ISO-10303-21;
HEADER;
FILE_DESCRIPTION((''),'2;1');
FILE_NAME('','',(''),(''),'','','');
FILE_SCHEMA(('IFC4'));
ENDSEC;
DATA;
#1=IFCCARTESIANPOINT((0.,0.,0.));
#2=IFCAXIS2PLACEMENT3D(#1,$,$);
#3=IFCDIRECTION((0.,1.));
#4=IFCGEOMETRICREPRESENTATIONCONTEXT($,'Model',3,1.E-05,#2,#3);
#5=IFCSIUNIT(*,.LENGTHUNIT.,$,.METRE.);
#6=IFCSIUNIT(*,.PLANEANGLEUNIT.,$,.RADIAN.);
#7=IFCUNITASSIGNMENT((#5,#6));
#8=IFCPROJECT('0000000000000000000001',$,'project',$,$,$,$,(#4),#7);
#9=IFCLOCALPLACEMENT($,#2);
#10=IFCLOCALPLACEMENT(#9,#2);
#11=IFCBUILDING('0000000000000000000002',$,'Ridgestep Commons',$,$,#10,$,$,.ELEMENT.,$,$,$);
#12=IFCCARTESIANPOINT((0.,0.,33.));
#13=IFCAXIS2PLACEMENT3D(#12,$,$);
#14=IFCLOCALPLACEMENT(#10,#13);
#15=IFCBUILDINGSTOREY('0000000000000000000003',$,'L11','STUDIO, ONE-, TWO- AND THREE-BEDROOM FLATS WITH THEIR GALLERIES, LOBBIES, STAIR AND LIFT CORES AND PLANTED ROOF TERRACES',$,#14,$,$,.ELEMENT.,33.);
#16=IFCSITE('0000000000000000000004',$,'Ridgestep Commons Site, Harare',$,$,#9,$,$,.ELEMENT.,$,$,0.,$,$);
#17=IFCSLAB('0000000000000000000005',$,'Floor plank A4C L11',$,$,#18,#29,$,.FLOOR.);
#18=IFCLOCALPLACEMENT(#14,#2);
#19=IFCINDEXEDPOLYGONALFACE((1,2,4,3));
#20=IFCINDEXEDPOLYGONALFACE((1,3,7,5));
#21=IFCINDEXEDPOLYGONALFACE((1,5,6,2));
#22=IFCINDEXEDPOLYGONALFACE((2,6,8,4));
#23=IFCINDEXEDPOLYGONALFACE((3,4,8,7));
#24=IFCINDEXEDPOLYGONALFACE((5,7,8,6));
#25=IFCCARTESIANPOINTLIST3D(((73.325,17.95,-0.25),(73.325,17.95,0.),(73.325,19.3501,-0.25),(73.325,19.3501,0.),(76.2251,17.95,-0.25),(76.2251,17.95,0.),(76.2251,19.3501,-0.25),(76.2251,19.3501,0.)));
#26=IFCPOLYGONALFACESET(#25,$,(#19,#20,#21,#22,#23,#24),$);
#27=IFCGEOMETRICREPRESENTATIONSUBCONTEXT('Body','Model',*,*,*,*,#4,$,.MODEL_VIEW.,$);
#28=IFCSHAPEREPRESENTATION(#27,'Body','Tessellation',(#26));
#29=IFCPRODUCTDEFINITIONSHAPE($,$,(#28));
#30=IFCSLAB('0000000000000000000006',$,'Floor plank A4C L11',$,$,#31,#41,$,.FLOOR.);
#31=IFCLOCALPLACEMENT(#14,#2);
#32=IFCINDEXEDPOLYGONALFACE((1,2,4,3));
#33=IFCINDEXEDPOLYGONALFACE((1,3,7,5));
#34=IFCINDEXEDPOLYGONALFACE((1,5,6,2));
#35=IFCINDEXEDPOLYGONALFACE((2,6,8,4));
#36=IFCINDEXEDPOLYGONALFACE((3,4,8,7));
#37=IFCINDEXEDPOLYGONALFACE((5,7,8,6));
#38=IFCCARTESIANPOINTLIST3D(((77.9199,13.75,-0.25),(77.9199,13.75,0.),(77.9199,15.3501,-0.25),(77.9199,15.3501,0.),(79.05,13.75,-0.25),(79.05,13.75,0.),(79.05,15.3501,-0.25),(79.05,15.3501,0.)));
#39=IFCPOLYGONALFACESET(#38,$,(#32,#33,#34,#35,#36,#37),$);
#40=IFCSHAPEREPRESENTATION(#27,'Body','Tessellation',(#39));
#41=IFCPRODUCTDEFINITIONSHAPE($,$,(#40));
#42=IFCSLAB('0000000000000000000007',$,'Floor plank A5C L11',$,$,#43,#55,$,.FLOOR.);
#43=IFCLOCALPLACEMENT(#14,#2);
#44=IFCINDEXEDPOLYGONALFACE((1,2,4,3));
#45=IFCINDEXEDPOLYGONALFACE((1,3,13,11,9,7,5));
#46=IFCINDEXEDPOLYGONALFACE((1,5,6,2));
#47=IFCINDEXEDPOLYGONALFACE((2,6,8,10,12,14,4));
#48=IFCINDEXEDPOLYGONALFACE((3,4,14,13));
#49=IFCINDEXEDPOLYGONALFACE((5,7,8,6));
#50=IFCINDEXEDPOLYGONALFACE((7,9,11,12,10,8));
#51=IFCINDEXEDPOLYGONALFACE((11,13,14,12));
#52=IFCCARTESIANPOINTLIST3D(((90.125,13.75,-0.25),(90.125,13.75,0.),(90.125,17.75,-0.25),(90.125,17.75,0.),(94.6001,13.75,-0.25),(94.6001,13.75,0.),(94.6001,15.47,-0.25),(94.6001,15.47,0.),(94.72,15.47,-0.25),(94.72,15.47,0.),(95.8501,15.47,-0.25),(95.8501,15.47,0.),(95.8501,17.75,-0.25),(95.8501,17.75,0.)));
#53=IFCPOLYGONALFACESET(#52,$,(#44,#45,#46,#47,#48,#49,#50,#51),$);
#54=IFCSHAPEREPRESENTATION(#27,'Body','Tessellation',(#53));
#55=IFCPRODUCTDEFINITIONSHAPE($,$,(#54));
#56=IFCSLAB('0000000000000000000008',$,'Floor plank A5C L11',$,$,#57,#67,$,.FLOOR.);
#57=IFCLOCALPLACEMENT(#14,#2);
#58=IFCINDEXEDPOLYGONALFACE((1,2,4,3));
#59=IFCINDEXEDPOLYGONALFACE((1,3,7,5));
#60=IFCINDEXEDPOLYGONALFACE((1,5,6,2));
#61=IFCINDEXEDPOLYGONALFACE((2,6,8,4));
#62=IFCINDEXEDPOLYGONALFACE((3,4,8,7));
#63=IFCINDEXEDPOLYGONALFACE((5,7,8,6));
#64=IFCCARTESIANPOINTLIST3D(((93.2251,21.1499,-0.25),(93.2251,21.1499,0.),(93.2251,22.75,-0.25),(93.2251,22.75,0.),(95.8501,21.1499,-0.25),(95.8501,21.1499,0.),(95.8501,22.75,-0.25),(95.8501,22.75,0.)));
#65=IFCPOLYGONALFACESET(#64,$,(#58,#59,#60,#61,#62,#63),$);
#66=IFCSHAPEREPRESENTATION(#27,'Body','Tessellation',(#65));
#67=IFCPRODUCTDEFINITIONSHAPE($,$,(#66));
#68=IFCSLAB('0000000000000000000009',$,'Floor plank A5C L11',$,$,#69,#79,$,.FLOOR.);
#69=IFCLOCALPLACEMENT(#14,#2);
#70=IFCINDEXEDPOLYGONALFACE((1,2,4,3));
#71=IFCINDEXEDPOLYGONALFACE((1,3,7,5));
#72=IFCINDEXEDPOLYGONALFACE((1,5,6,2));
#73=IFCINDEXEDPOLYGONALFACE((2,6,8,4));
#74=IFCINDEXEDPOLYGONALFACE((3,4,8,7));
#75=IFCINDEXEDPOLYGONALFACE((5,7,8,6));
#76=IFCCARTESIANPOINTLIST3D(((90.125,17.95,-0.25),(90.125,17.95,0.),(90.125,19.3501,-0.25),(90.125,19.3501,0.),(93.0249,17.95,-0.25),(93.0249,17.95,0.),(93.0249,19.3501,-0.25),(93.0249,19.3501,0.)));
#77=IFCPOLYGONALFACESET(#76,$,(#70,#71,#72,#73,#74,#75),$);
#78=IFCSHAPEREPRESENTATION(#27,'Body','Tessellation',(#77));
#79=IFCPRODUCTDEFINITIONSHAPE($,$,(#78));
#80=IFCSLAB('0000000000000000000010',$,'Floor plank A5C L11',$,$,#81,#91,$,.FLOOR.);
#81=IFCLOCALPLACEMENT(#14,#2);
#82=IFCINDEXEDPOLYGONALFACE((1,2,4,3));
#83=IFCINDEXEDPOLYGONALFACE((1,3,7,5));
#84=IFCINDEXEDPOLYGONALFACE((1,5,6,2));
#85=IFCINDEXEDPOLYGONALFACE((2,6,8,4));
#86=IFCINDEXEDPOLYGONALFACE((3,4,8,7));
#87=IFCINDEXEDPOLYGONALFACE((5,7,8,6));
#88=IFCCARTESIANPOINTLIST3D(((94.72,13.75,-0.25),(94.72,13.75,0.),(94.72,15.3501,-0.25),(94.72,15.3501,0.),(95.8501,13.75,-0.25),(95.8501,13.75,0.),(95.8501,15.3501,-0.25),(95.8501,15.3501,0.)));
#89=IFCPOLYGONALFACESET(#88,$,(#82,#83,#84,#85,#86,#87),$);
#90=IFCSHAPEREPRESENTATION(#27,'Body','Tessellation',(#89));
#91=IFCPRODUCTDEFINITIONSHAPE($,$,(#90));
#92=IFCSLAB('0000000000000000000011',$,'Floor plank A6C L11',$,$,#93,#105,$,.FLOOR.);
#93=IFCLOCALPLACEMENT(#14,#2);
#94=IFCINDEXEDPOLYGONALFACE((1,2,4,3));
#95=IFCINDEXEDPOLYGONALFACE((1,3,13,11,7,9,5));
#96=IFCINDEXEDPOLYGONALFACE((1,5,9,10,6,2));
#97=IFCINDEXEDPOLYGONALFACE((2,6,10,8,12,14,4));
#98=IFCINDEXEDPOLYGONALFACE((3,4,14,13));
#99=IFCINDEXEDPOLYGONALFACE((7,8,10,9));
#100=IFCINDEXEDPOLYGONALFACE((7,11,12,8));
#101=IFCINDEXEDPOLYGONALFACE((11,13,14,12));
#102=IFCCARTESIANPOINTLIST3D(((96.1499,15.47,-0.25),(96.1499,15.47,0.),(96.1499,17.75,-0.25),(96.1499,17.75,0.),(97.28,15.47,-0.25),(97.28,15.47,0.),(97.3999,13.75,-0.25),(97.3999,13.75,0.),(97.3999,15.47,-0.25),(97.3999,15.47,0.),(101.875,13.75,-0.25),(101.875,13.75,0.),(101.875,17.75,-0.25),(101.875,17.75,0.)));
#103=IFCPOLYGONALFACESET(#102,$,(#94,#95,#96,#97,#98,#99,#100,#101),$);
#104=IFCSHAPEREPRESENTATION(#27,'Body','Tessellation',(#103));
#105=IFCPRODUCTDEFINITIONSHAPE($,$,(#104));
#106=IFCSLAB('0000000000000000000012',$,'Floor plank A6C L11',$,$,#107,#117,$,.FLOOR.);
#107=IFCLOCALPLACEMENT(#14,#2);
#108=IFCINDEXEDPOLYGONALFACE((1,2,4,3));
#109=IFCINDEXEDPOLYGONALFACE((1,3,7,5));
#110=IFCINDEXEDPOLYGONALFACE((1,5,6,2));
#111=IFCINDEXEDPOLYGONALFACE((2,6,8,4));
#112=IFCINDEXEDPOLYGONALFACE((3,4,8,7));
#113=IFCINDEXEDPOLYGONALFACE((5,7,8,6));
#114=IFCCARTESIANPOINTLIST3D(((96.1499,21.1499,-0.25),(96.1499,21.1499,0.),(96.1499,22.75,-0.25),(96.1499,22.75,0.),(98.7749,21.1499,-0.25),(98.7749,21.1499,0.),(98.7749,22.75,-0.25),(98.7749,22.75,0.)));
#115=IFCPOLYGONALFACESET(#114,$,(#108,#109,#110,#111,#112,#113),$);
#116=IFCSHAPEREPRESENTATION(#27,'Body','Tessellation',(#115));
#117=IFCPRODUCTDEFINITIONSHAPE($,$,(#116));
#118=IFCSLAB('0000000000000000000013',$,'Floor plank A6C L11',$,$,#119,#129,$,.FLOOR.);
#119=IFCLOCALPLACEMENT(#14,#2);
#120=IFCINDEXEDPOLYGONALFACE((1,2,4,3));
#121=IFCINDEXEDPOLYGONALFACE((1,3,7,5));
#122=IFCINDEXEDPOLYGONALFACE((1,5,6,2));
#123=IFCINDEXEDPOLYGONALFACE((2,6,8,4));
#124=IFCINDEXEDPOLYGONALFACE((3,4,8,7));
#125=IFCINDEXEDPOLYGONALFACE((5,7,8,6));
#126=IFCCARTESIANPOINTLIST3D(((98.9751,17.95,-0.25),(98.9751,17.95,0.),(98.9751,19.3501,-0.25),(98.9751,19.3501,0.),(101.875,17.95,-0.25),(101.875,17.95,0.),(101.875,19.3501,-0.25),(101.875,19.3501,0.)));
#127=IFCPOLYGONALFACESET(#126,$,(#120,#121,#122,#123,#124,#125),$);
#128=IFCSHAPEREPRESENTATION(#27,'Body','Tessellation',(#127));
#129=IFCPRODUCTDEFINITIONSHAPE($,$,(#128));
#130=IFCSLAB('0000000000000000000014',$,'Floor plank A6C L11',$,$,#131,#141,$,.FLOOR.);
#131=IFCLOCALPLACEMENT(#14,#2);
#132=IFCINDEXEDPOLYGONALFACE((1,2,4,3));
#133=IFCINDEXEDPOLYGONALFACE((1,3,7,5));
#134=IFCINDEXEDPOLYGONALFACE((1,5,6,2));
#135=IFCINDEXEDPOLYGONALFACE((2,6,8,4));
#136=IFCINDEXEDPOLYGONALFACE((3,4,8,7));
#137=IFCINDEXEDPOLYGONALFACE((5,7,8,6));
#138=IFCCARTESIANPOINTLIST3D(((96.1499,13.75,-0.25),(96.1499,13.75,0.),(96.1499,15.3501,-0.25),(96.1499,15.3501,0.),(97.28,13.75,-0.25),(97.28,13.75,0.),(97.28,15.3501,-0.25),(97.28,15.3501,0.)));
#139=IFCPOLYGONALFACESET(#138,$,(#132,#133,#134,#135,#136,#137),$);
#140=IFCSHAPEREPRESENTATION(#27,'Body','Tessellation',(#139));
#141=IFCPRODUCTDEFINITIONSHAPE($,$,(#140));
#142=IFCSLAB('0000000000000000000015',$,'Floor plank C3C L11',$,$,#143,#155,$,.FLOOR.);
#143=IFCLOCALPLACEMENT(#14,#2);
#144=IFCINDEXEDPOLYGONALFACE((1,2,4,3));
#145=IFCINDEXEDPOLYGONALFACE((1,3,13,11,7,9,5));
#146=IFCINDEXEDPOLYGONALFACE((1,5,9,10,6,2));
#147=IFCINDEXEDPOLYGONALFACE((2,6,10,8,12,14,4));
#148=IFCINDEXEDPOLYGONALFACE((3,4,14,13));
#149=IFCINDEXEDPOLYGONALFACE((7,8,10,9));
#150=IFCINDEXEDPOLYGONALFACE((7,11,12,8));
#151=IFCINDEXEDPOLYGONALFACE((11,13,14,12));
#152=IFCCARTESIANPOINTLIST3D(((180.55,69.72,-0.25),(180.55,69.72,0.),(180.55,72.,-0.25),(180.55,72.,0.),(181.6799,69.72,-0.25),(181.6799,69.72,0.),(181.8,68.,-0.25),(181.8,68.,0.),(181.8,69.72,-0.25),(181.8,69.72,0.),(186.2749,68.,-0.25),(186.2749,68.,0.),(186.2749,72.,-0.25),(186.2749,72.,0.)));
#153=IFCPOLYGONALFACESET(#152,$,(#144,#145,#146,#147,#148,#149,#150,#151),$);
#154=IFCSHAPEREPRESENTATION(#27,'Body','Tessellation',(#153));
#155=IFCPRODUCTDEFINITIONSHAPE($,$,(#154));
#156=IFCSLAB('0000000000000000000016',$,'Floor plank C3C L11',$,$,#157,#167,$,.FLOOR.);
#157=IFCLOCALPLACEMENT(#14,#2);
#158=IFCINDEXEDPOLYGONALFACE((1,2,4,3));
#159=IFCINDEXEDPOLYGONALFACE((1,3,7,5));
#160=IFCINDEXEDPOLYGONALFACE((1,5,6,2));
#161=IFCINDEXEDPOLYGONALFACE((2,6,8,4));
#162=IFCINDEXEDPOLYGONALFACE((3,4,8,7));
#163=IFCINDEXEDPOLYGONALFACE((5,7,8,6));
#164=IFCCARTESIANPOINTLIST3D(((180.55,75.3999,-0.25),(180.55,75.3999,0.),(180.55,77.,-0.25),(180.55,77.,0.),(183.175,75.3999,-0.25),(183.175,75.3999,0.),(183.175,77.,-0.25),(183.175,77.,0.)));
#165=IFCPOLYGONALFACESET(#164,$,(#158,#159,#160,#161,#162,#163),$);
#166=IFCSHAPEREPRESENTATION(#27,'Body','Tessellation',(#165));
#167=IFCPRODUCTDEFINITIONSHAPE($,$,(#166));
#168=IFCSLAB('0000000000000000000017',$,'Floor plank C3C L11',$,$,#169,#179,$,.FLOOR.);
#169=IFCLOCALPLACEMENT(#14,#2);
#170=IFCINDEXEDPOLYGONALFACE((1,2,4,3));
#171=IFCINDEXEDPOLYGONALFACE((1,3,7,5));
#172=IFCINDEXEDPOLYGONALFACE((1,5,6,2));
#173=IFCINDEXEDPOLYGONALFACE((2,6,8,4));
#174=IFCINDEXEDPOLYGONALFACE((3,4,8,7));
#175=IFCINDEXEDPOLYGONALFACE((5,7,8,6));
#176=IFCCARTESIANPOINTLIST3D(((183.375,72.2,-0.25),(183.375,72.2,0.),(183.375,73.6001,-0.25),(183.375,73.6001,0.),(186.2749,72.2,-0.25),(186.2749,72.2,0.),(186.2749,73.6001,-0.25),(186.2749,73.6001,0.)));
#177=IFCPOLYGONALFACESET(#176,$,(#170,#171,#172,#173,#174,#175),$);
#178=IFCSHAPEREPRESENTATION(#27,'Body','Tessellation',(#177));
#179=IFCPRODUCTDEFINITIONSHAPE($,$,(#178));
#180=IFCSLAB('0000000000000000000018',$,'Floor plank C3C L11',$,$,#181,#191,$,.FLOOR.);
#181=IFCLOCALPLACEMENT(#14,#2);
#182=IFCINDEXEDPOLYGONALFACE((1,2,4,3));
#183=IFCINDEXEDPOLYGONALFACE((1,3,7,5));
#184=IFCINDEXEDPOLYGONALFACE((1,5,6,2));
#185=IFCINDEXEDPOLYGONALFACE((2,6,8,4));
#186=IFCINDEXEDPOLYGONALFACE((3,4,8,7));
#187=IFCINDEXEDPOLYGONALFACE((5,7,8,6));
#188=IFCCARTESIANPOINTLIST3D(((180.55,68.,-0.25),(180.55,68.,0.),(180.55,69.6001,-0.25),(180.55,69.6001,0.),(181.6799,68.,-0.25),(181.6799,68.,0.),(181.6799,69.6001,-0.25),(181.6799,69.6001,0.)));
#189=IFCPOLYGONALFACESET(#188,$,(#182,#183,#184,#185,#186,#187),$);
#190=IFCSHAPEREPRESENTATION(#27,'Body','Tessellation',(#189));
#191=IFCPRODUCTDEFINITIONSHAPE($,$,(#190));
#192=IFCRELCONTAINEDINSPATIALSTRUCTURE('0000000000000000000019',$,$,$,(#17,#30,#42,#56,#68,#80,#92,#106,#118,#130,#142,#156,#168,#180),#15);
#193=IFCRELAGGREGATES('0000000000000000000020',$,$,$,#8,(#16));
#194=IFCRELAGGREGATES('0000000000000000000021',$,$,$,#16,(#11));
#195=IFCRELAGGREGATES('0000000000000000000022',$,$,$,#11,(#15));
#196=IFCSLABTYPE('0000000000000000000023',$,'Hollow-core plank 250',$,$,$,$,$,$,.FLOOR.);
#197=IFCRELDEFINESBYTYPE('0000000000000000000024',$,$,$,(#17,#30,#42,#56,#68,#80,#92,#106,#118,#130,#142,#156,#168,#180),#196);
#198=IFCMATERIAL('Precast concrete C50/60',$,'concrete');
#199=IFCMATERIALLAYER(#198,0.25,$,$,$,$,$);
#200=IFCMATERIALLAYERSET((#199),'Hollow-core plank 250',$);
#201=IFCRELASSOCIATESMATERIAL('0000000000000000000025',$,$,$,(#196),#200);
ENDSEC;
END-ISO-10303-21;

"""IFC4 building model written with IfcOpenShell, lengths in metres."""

from ifc_helpers import new_model, si_unit, direction, frame, origin, place, context, subcontext, project, spatial, polyline, outline, extrude, material, layer, layer_set, type_object, element, save


model = new_model("IFC4")

# Units and contexts
model_context = context("Model", 3, precision=1e-05, world=origin(), true_north=direction((0.0, 1.0)))
body_context = subcontext(model_context, "Body", "Model", "MODEL_VIEW")
ifc_project = project(units=[si_unit("LENGTHUNIT", "METRE"), si_unit("PLANEANGLEUNIT", "RADIAN")], contexts=[model_context])

# Site, building, storey
site_placement = place(None, origin())
site = spatial("IfcSite", under=ifc_project, at=site_placement, Name="Ridgestep Commons Site, Harare", CompositionType="ELEMENT", RefElevation=0.0)
building_placement = place(site_placement, origin())
building = spatial("IfcBuilding", under=site, at=building_placement, Name="Ridgestep Commons", CompositionType="ELEMENT")
storey_placement = place(building_placement, frame((0.0, 0.0, 33.0)))
storey = spatial("IfcBuildingStorey", under=building, at=storey_placement, Name="L11", Description="STUDIO, ONE-, TWO- AND THREE-BEDROOM FLATS WITH THEIR GALLERIES, LOBBIES, STAIR AND LIFT CORES AND PLANTED ROOF TERRACES", CompositionType="ELEMENT", Elevation=33.0)

# Slabs
ifc_material_1 = material(Name="Precast concrete C50/60", Category="concrete")
ifc_layer_1 = layer(ifc_material_1, 0.25)
ifc_layer_set_1 = layer_set([ifc_layer_1], Name="Hollow-core plank 250")
slab_type_1 = type_object("IfcSlabType", Name="Hollow-core plank 250", PredefinedType="FLOOR", material=ifc_layer_set_1)
slab_1_placement = place(storey_placement, frame((0.0, 0.0, -0.25)))
element("IfcSlab", 1, at=slab_1_placement, inside=storey, type_object=slab_type_1, Name="Floor plank A4C L11", PredefinedType="FLOOR", context=body_context, shape_type="SweptSolid", body=[
    extrude(outline(polyline([(76.2251, 17.95), (76.2251, 19.3501), (73.325, 19.3501), (73.325, 17.95), (76.2251, 17.95)])), origin(), (0.0, 0.0, 1.0), 0.25),
])
slab_2_placement = place(storey_placement, frame((0.0, 0.0, -0.25)))
element("IfcSlab", 2, at=slab_2_placement, inside=storey, type_object=slab_type_1, Name="Floor plank A4C L11", PredefinedType="FLOOR", context=body_context, shape_type="SweptSolid", body=[
    extrude(outline(polyline([(77.9199, 13.75), (79.05, 13.75), (79.05, 15.3501), (77.9199, 15.3501), (77.9199, 13.75)])), origin(), (0.0, 0.0, 1.0), 0.25),
])
slab_3_placement = place(storey_placement, frame((0.0, 0.0, -0.25)))
element("IfcSlab", 3, at=slab_3_placement, inside=storey, type_object=slab_type_1, Name="Floor plank A5C L11", PredefinedType="FLOOR", context=body_context, shape_type="SweptSolid", body=[
    extrude(outline(polyline([(94.72, 15.47), (95.8501, 15.47), (95.8501, 17.75), (90.125, 17.75), (90.125, 13.75), (94.6001, 13.75), (94.6001, 15.47), (94.72, 15.47)])), origin(), (0.0, 0.0, 1.0), 0.25),
])
slab_4_placement = place(storey_placement, frame((0.0, 0.0, -0.25)))
element("IfcSlab", 4, at=slab_4_placement, inside=storey, type_object=slab_type_1, Name="Floor plank A5C L11", PredefinedType="FLOOR", context=body_context, shape_type="SweptSolid", body=[
    extrude(outline(polyline([(95.8501, 21.1499), (95.8501, 22.75), (93.2251, 22.75), (93.2251, 21.1499), (95.8501, 21.1499)])), origin(), (0.0, 0.0, 1.0), 0.25),
])
slab_5_placement = place(storey_placement, frame((0.0, 0.0, -0.25)))
element("IfcSlab", 5, at=slab_5_placement, inside=storey, type_object=slab_type_1, Name="Floor plank A5C L11", PredefinedType="FLOOR", context=body_context, shape_type="SweptSolid", body=[
    extrude(outline(polyline([(93.0249, 17.95), (93.0249, 19.3501), (90.125, 19.3501), (90.125, 17.95), (93.0249, 17.95)])), origin(), (0.0, 0.0, 1.0), 0.25),
])
slab_6_placement = place(storey_placement, frame((0.0, 0.0, -0.25)))
element("IfcSlab", 6, at=slab_6_placement, inside=storey, type_object=slab_type_1, Name="Floor plank A5C L11", PredefinedType="FLOOR", context=body_context, shape_type="SweptSolid", body=[
    extrude(outline(polyline([(94.72, 13.75), (95.8501, 13.75), (95.8501, 15.3501), (94.72, 15.3501), (94.72, 13.75)])), origin(), (0.0, 0.0, 1.0), 0.25),
])
slab_7_placement = place(storey_placement, frame((0.0, 0.0, -0.25)))
element("IfcSlab", 7, at=slab_7_placement, inside=storey, type_object=slab_type_1, Name="Floor plank A6C L11", PredefinedType="FLOOR", context=body_context, shape_type="SweptSolid", body=[
    extrude(outline(polyline([(97.3999, 13.75), (101.875, 13.75), (101.875, 17.75), (96.1499, 17.75), (96.1499, 15.47), (97.28, 15.47), (97.3999, 15.47), (97.3999, 13.75)])), origin(), (0.0, 0.0, 1.0), 0.25),
])
slab_8_placement = place(storey_placement, frame((0.0, 0.0, -0.25)))
element("IfcSlab", 8, at=slab_8_placement, inside=storey, type_object=slab_type_1, Name="Floor plank A6C L11", PredefinedType="FLOOR", context=body_context, shape_type="SweptSolid", body=[
    extrude(outline(polyline([(98.7749, 22.75), (96.1499, 22.75), (96.1499, 21.1499), (98.7749, 21.1499), (98.7749, 22.75)])), origin(), (0.0, 0.0, 1.0), 0.25),
])
slab_9_placement = place(storey_placement, frame((0.0, 0.0, -0.25)))
element("IfcSlab", 9, at=slab_9_placement, inside=storey, type_object=slab_type_1, Name="Floor plank A6C L11", PredefinedType="FLOOR", context=body_context, shape_type="SweptSolid", body=[
    extrude(outline(polyline([(101.875, 17.95), (101.875, 19.3501), (98.9751, 19.3501), (98.9751, 17.95), (101.875, 17.95)])), origin(), (0.0, 0.0, 1.0), 0.25),
])
slab_10_placement = place(storey_placement, frame((0.0, 0.0, -0.25)))
element("IfcSlab", 10, at=slab_10_placement, inside=storey, type_object=slab_type_1, Name="Floor plank A6C L11", PredefinedType="FLOOR", context=body_context, shape_type="SweptSolid", body=[
    extrude(outline(polyline([(97.28, 15.3501), (96.1499, 15.3501), (96.1499, 13.75), (97.28, 13.75), (97.28, 15.3501)])), origin(), (0.0, 0.0, 1.0), 0.25),
])
slab_11_placement = place(storey_placement, frame((0.0, 0.0, -0.25)))
element("IfcSlab", 11, at=slab_11_placement, inside=storey, type_object=slab_type_1, Name="Floor plank C3C L11", PredefinedType="FLOOR", context=body_context, shape_type="SweptSolid", body=[
    extrude(outline(polyline([(181.8, 68.0), (186.2749, 68.0), (186.2749, 72.0), (180.55, 72.0), (180.55, 69.72), (181.6799, 69.72), (181.8, 69.72), (181.8, 68.0)])), origin(), (0.0, 0.0, 1.0), 0.25),
])
slab_12_placement = place(storey_placement, frame((0.0, 0.0, -0.25)))
element("IfcSlab", 12, at=slab_12_placement, inside=storey, type_object=slab_type_1, Name="Floor plank C3C L11", PredefinedType="FLOOR", context=body_context, shape_type="SweptSolid", body=[
    extrude(outline(polyline([(183.175, 77.0), (180.55, 77.0), (180.55, 75.3999), (183.175, 75.3999), (183.175, 77.0)])), origin(), (0.0, 0.0, 1.0), 0.25),
])
slab_13_placement = place(storey_placement, frame((0.0, 0.0, -0.25)))
element("IfcSlab", 13, at=slab_13_placement, inside=storey, type_object=slab_type_1, Name="Floor plank C3C L11", PredefinedType="FLOOR", context=body_context, shape_type="SweptSolid", body=[
    extrude(outline(polyline([(186.2749, 72.2), (186.2749, 73.6001), (183.375, 73.6001), (183.375, 72.2), (186.2749, 72.2)])), origin(), (0.0, 0.0, 1.0), 0.25),
])
slab_14_placement = place(storey_placement, frame((0.0, 0.0, -0.25)))
element("IfcSlab", 14, at=slab_14_placement, inside=storey, type_object=slab_type_1, Name="Floor plank C3C L11", PredefinedType="FLOOR", context=body_context, shape_type="SweptSolid", body=[
    extrude(outline(polyline([(181.6799, 69.6001), (180.55, 69.6001), (180.55, 68.0), (181.6799, 68.0), (181.6799, 69.6001)])), origin(), (0.0, 0.0, 1.0), 0.25),
])

save(model, "model.ifc")
